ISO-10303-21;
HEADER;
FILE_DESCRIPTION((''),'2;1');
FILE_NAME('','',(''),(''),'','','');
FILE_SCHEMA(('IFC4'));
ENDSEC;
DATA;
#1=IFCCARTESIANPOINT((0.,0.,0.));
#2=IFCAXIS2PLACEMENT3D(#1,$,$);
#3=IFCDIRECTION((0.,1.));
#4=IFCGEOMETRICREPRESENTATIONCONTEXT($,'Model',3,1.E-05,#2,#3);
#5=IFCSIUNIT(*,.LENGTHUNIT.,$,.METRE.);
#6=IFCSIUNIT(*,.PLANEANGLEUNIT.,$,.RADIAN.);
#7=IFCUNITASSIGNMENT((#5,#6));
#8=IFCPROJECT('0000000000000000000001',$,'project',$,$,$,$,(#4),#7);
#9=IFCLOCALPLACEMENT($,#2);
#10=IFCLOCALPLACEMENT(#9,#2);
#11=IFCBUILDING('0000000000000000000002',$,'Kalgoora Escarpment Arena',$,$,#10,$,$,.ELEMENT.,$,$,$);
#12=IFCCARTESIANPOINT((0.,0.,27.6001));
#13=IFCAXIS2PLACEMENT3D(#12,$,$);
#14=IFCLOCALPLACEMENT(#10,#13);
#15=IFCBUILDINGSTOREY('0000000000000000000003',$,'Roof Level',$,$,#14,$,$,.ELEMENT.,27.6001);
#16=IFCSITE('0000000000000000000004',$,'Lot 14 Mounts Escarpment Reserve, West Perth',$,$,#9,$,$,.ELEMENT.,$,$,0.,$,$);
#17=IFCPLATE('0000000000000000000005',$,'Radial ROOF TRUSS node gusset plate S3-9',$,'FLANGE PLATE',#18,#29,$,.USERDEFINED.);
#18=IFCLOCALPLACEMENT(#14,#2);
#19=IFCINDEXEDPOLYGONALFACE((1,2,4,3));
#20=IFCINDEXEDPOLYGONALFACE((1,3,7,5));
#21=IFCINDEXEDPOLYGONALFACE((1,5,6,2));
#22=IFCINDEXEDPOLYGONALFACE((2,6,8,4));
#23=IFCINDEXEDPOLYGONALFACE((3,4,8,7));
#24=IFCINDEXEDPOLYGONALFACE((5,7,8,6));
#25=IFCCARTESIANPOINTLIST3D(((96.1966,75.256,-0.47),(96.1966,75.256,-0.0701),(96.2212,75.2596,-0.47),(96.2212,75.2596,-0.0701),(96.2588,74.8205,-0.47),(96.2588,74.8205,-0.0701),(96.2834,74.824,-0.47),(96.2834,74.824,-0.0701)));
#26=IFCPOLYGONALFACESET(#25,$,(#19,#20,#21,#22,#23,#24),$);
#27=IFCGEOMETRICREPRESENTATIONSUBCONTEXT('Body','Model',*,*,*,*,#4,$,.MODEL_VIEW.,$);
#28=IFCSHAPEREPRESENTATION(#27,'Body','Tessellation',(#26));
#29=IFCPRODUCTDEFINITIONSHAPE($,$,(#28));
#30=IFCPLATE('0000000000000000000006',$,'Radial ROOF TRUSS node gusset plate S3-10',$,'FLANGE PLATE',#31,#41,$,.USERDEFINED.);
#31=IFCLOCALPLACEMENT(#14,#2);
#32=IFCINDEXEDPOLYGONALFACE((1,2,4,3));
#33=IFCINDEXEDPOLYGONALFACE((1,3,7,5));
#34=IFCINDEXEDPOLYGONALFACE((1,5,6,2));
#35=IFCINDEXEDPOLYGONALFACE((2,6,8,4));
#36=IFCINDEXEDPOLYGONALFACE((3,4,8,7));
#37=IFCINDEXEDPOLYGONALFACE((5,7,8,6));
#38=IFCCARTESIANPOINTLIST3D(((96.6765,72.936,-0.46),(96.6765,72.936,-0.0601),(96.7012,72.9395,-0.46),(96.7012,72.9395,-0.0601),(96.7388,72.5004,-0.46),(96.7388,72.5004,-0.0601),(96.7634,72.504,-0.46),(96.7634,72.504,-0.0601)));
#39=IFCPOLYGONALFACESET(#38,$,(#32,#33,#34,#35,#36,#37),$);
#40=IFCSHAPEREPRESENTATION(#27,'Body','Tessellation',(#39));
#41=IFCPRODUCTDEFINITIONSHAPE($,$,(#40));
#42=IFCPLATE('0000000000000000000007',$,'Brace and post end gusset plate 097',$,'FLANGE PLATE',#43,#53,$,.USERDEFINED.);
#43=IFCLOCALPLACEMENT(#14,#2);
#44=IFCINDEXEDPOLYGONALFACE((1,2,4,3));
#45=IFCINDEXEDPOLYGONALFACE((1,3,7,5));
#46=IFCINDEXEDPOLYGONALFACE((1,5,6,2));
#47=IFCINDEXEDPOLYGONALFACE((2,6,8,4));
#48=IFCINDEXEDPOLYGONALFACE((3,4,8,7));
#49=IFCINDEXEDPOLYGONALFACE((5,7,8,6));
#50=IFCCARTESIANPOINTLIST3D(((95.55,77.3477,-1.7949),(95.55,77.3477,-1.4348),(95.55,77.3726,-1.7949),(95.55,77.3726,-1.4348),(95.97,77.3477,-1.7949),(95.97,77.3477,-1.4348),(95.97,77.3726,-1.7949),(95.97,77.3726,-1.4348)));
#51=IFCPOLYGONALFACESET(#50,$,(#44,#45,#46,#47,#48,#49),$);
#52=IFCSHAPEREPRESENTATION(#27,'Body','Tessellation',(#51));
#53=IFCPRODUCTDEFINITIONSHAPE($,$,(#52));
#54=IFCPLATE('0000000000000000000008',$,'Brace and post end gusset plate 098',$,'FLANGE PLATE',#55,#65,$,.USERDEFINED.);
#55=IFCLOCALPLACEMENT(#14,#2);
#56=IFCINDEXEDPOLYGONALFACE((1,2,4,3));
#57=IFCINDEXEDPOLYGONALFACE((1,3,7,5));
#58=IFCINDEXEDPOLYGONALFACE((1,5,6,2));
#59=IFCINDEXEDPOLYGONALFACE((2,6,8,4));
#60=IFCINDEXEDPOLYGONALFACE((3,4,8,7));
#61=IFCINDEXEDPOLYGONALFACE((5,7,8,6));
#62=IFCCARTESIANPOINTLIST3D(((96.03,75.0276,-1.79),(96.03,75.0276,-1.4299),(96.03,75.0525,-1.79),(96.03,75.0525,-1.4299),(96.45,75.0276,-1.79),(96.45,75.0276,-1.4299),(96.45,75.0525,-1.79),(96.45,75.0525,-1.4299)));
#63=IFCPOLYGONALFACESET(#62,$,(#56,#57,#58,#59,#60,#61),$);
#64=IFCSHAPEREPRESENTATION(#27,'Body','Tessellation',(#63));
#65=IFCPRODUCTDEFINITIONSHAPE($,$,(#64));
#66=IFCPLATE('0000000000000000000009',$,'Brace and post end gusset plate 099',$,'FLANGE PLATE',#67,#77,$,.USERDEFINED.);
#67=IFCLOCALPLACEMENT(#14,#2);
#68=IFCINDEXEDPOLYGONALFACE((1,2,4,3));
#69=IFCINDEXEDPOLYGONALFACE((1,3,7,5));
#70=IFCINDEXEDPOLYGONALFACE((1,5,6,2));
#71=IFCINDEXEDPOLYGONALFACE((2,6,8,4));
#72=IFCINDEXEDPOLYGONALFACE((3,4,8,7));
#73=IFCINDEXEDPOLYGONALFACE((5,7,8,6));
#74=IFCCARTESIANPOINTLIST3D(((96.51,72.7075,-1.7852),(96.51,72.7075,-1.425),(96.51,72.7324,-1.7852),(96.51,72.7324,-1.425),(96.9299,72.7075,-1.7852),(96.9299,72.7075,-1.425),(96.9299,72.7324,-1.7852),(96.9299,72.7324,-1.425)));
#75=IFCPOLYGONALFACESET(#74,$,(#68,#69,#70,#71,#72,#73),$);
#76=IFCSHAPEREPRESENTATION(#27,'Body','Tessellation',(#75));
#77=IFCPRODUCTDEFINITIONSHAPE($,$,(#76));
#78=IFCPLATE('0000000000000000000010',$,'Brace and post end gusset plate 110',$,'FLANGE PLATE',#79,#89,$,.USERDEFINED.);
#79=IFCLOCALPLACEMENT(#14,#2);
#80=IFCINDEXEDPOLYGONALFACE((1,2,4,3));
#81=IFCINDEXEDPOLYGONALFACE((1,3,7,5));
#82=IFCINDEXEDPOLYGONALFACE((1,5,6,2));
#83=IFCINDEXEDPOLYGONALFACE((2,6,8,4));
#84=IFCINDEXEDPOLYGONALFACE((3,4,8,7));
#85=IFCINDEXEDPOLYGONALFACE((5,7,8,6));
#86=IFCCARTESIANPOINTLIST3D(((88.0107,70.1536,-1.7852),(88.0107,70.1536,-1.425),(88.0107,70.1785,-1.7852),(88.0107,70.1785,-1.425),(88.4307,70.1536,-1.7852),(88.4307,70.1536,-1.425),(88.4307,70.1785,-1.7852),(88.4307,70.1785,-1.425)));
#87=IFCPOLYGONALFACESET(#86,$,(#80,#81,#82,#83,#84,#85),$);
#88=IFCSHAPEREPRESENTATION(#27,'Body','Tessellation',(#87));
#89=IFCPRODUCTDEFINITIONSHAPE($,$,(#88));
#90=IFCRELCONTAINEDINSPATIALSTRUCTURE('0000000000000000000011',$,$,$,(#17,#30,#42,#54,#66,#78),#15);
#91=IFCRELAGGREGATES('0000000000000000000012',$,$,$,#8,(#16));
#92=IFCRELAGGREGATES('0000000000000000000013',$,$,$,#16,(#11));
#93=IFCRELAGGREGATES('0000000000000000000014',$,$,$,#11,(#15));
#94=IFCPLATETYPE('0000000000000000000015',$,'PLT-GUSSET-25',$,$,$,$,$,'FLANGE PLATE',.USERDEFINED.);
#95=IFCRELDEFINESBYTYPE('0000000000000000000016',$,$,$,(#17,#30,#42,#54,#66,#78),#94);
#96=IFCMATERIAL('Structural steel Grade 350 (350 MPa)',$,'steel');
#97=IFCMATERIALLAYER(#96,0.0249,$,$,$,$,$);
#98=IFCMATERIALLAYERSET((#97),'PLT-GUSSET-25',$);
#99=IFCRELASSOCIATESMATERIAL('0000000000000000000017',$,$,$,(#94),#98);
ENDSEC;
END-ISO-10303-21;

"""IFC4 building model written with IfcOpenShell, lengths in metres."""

from ifc_helpers import new_model, si_unit, direction, frame, origin, origin_2d, place, context, subcontext, project, spatial, rectangle, extrude, material, layer, layer_set, type_object, element, save


model = new_model("IFC4")

# Units and contexts
model_context = context("Model", 3, precision=1e-05, world=origin(), true_north=direction((0.0, 1.0)))
body_context = subcontext(model_context, "Body", "Model", "MODEL_VIEW")
ifc_project = project(units=[si_unit("LENGTHUNIT", "METRE"), si_unit("PLANEANGLEUNIT", "RADIAN")], contexts=[model_context])

# Site, building, storey
site_placement = place(None, origin())
site = spatial("IfcSite", under=ifc_project, at=site_placement, Name="Lot 14 Mounts Escarpment Reserve, West Perth", CompositionType="ELEMENT", RefElevation=0.0)
building_placement = place(site_placement, origin())
building = spatial("IfcBuilding", under=site, at=building_placement, Name="Kalgoora Escarpment Arena", CompositionType="ELEMENT")
storey_placement = place(building_placement, frame((0.0, 0.0, 27.6001)))
storey = spatial("IfcBuildingStorey", under=building, at=storey_placement, Name="Roof Level", CompositionType="ELEMENT", Elevation=27.6001)

# Plates
ifc_material_1 = material(Name="Structural steel Grade 350 (350 MPa)", Category="steel")
ifc_layer = layer(ifc_material_1, 0.0249)
ifc_layer_set = layer_set([ifc_layer], Name="PLT-GUSSET-25")
plate_type = type_object("IfcPlateType", Name="PLT-GUSSET-25", ElementType="FLANGE PLATE", PredefinedType="USERDEFINED", material=ifc_layer_set)
for number, where, z_axis, x_axis, name in (
    (1, (96.24, 75.04, -0.47), (0.0, 0.0, 1.0), (0.14142, -0.98995, 0.0), "Radial ROOF TRUSS node gusset plate S3-9"),
    (2, (96.72, 72.72, -0.46), (0.0, 0.0, 1.0), (0.14142, -0.98995, 0.0), "Radial ROOF TRUSS node gusset plate S3-10"),
):
    element("IfcPlate", number, at=place(storey_placement, frame(where, z_axis=z_axis, x_axis=x_axis)), inside=storey, type_object=plate_type, Name=name, ObjectType="FLANGE PLATE", PredefinedType="USERDEFINED", context=body_context, shape_type="SweptSolid", body=[
        extrude(rectangle(XDim=0.4399, YDim=0.0249, at=origin_2d()), origin(), (0.0, 0.0, 1.0), 0.3999),
    ])
for number, where, z_axis, x_axis, name in (
    (3, (95.76, 77.3601, -1.7949), (0.0, 0.0, 1.0), (1.0, 0.0, 0.0), "Brace and post end gusset plate 097"),
    (4, (96.24, 75.04, -1.79), (0.0, 0.0, 1.0), (1.0, 0.0, 0.0), "Brace and post end gusset plate 098"),
    (5, (96.72, 72.72, -1.7852), (0.0, 0.0, 1.0), (1.0, 0.0, 0.0), "Brace and post end gusset plate 099"),
    (6, (88.2207, 70.166, -1.7852), (0.0, 0.0, 1.0), (1.0, 0.0, 0.0), "Brace and post end gusset plate 110"),
):
    element("IfcPlate", number, at=place(storey_placement, frame(where, z_axis=z_axis, x_axis=x_axis)), inside=storey, type_object=plate_type, Name=name, ObjectType="FLANGE PLATE", PredefinedType="USERDEFINED", context=body_context, shape_type="SweptSolid", body=[
        extrude(rectangle(XDim=0.4199, YDim=0.0249, at=origin_2d()), origin(), (0.0, 0.0, 1.0), 0.3601),
    ])

save(model, "model.ifc")
